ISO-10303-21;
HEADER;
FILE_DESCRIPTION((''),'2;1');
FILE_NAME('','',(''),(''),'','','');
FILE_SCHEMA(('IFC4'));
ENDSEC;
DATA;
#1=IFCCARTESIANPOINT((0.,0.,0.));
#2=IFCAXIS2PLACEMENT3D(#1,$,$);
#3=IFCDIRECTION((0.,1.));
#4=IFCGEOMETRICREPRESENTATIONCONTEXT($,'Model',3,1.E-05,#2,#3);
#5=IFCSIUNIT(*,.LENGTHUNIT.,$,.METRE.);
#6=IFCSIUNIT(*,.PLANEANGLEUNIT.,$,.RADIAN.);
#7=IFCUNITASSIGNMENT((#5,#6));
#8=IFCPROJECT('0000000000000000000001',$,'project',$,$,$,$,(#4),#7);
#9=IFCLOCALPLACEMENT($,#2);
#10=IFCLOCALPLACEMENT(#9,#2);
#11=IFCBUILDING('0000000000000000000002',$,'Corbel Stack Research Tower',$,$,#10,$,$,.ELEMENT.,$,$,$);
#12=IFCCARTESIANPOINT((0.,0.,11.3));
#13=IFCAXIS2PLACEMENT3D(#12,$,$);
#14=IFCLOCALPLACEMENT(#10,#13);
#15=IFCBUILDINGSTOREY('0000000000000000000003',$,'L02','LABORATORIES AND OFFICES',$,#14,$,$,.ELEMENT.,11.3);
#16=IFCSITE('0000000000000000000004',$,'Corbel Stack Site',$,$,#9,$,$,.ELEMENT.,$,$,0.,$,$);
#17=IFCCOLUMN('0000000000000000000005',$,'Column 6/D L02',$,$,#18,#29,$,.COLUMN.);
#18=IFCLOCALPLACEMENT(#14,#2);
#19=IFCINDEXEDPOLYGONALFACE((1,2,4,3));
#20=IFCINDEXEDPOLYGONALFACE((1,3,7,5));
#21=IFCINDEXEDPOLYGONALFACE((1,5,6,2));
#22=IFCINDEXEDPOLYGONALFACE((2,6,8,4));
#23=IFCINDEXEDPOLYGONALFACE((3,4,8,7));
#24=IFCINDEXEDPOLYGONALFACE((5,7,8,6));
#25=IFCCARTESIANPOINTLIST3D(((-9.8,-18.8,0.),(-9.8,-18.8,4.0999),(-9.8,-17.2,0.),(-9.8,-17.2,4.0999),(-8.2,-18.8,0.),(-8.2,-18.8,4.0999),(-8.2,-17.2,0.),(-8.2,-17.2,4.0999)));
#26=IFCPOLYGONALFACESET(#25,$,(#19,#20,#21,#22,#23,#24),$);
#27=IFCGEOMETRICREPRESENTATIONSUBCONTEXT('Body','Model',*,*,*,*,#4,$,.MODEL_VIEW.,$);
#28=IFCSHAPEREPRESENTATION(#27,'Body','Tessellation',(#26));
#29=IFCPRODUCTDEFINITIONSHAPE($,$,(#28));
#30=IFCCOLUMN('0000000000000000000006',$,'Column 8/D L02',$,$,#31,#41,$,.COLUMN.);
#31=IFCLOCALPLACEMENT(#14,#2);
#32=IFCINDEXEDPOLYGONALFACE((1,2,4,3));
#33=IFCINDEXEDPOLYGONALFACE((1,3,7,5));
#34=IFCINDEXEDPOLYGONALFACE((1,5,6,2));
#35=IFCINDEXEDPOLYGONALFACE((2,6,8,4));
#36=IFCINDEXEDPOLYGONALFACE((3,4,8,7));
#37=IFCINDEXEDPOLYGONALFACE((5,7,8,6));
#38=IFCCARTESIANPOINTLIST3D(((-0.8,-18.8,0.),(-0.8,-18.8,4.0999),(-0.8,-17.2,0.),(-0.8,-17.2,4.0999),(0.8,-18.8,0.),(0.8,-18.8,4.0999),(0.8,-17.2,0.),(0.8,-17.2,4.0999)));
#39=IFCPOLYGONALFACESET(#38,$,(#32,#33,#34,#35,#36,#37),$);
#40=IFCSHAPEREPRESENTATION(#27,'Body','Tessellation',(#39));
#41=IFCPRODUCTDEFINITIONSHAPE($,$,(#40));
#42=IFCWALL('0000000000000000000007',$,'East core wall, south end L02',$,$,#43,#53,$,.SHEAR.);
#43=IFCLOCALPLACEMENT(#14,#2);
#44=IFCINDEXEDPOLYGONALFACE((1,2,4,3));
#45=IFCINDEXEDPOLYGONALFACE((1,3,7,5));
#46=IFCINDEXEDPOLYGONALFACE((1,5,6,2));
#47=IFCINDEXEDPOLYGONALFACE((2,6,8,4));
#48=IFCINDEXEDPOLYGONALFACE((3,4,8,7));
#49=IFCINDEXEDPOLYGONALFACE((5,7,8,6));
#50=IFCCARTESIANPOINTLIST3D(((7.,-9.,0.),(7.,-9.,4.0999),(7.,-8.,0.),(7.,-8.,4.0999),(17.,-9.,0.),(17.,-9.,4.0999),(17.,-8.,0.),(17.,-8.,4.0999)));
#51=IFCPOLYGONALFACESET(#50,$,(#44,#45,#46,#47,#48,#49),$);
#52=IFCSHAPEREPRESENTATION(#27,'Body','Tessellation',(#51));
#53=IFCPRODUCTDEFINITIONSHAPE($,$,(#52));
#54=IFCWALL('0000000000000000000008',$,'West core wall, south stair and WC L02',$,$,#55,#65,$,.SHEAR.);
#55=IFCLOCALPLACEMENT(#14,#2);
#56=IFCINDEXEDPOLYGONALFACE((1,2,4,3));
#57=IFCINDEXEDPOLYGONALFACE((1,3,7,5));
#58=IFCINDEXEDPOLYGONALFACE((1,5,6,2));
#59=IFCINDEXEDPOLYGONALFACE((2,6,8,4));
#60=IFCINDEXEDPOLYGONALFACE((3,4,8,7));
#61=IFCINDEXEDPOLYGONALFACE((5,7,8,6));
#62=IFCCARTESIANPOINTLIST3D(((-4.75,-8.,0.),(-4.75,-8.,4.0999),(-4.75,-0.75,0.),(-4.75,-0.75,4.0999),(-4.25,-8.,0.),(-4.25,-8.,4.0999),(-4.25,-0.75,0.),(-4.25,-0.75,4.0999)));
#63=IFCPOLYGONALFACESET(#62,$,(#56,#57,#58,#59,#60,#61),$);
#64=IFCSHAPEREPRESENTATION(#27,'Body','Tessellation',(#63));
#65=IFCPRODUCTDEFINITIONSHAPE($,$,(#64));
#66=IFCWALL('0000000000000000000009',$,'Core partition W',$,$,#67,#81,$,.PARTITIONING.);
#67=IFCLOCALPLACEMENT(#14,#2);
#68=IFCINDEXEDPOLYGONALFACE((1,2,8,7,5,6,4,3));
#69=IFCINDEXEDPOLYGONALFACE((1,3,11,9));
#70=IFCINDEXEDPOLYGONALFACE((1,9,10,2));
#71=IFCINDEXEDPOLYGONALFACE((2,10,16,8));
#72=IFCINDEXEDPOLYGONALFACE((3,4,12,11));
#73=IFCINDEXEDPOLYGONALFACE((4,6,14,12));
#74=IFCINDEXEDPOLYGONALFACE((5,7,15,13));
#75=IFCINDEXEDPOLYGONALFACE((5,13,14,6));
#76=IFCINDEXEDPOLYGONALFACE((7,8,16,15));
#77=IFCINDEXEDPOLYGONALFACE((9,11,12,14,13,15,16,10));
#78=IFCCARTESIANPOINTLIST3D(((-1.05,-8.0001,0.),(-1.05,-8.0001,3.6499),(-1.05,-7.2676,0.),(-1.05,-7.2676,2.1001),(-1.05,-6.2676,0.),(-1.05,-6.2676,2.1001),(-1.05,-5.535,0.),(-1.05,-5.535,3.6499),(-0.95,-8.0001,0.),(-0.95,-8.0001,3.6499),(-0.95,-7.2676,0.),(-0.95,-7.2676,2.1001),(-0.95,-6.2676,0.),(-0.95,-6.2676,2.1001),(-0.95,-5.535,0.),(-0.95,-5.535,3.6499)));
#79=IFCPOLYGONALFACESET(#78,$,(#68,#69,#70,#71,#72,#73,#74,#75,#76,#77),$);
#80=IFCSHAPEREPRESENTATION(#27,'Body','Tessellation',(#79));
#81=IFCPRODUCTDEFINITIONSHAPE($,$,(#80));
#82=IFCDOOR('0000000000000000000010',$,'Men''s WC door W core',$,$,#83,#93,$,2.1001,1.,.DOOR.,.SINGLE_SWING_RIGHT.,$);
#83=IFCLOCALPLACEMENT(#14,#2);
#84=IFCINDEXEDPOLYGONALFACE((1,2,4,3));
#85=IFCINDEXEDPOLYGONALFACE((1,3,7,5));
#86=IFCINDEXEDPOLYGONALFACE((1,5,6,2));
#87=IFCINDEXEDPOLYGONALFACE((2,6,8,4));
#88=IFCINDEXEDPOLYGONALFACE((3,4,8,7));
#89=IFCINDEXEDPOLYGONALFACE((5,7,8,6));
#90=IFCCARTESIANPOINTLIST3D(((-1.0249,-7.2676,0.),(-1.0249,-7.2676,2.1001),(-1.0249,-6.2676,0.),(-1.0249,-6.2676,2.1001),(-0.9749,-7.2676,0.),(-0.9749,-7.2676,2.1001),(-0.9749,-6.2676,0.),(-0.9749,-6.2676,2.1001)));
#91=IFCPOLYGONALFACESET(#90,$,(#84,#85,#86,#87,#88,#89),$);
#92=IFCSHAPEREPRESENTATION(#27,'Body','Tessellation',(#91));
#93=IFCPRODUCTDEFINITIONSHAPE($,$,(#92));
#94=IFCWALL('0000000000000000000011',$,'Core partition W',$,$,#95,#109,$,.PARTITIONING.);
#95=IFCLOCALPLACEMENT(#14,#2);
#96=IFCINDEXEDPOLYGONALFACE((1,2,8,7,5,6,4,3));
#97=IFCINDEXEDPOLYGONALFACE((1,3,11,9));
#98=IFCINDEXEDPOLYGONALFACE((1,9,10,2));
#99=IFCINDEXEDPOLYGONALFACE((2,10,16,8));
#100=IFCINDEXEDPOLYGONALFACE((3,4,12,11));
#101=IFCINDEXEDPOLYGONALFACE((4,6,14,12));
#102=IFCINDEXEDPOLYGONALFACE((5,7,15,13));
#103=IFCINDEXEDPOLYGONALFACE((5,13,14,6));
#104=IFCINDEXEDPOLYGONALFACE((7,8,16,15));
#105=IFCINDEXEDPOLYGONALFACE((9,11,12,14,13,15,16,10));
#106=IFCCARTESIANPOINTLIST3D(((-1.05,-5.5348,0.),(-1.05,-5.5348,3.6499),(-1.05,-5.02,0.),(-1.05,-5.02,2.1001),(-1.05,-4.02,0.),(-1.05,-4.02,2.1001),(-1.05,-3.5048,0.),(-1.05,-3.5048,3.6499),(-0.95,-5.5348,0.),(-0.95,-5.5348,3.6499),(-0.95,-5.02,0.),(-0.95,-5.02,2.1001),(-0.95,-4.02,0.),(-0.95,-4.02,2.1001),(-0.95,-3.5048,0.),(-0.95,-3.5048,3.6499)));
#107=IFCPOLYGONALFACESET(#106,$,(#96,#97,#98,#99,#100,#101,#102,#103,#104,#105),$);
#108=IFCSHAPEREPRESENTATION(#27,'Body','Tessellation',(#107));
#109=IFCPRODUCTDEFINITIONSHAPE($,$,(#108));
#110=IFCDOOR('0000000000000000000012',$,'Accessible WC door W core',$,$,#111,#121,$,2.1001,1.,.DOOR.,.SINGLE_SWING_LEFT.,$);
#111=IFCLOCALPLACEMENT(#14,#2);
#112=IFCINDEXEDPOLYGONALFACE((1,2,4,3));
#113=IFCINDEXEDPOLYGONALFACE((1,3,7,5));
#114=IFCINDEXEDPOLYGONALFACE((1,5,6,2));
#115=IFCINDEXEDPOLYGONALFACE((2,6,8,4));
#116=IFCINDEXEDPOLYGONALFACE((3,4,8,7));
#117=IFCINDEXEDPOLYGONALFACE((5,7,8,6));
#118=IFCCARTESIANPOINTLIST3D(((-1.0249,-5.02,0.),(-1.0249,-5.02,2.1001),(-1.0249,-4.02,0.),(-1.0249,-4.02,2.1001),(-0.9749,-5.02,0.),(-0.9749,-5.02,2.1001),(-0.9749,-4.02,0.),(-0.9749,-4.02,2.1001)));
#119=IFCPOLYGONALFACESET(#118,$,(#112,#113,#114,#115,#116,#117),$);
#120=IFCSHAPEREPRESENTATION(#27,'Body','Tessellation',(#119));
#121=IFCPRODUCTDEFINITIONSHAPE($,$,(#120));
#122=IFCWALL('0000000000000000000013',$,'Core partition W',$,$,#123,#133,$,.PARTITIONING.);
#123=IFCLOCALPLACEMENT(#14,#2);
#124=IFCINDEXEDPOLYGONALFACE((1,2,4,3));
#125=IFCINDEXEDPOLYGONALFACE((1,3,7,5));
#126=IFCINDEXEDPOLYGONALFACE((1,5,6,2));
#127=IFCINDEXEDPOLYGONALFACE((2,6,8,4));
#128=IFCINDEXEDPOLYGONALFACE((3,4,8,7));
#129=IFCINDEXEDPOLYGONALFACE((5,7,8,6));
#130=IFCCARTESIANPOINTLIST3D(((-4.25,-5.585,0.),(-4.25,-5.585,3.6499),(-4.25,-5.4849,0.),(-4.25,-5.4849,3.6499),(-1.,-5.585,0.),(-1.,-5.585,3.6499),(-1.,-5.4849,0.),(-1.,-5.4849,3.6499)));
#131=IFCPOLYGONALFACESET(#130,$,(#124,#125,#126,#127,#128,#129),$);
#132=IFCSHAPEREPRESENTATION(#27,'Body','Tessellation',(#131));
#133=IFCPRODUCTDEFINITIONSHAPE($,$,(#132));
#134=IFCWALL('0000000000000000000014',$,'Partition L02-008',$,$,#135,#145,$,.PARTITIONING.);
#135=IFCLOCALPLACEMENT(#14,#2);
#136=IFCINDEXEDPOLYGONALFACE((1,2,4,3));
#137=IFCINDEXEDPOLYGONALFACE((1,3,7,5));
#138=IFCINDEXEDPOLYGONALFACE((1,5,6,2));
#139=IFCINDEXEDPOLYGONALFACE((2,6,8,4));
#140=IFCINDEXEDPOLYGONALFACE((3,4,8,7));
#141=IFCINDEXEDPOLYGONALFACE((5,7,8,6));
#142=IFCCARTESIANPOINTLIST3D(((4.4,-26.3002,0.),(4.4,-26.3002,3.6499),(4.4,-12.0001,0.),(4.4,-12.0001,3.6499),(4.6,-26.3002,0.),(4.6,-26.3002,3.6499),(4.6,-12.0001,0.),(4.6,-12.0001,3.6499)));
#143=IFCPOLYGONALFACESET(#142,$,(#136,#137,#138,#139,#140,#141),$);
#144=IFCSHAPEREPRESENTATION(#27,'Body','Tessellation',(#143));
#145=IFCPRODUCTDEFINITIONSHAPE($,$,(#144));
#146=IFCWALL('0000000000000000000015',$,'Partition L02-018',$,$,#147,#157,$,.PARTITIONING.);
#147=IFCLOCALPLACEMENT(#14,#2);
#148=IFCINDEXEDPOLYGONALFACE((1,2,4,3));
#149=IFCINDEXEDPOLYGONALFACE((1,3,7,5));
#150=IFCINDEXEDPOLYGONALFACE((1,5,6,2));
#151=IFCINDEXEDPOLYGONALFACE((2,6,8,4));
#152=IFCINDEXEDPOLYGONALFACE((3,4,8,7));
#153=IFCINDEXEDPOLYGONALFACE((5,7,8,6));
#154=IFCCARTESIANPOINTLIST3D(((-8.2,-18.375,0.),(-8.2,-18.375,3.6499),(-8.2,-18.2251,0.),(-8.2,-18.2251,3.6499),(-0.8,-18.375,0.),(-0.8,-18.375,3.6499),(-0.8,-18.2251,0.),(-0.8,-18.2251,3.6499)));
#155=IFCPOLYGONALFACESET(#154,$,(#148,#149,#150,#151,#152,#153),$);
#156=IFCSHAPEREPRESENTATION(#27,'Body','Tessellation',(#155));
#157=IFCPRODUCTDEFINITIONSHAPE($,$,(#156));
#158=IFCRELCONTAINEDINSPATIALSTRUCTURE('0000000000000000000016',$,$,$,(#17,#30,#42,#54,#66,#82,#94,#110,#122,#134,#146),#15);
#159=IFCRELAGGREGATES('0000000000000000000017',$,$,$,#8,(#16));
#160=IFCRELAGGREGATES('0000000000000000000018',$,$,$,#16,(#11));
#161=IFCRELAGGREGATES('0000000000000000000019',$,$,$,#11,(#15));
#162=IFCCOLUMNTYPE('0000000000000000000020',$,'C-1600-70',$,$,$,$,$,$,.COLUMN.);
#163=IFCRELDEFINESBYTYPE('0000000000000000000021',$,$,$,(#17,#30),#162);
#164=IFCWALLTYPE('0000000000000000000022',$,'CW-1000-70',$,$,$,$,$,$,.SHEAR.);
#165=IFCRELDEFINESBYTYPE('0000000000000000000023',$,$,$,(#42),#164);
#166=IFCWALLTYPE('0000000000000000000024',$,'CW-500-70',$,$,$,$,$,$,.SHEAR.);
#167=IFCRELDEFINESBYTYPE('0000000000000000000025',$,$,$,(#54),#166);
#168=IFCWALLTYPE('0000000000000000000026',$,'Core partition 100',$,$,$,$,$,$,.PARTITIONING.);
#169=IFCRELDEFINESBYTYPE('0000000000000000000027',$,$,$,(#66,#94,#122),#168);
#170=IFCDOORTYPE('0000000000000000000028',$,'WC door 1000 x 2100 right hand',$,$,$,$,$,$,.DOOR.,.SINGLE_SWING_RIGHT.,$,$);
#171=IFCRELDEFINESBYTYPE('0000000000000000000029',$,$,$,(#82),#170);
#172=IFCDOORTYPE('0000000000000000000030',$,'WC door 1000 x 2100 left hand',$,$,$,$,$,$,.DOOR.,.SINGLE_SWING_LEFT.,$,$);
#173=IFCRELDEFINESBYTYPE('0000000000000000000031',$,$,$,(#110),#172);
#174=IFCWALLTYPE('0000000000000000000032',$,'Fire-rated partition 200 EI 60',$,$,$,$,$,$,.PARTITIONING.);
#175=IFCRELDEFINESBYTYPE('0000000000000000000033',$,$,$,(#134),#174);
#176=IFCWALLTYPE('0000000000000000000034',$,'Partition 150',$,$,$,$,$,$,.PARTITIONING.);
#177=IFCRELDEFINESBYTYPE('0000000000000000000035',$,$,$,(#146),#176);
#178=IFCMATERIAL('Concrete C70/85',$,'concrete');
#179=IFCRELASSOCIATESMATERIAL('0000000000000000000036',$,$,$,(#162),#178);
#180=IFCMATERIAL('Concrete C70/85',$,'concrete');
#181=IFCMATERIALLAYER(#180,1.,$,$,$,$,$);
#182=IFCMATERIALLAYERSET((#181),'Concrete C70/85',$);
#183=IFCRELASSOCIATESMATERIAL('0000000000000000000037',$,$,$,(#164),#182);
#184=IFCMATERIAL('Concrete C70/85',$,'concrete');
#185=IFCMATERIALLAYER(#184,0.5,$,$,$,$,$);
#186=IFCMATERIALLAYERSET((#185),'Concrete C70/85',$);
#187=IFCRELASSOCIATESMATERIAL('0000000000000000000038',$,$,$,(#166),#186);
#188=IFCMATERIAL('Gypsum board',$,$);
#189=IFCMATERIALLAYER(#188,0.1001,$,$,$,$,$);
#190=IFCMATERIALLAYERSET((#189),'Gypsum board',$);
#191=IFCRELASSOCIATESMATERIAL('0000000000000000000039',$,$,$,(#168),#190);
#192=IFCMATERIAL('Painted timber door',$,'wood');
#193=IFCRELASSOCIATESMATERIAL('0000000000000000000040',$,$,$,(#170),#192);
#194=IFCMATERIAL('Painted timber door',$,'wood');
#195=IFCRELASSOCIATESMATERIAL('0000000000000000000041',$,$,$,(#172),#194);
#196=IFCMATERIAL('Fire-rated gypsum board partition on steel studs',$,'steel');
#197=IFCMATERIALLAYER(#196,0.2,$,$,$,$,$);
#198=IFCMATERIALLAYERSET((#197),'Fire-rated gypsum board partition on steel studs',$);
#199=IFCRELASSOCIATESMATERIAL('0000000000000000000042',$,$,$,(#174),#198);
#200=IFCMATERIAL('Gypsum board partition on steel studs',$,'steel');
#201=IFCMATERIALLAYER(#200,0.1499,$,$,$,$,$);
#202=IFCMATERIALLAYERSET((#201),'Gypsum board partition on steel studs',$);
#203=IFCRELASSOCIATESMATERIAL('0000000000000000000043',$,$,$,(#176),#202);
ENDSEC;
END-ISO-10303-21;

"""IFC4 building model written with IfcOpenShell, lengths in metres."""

from ifc_helpers import new_model, si_unit, direction, frame, frame_2d, origin, origin_2d, place, context, subcontext, project, spatial, rectangle, extrude, material, layer, layer_set, material_profile, profile_set, type_object, element, fill, save


model = new_model("IFC4")

# Units and contexts
model_context = context("Model", 3, precision=1e-05, world=origin(), true_north=direction((0.0, 1.0)))
body_context = subcontext(model_context, "Body", "Model", "MODEL_VIEW")
ifc_project = project(units=[si_unit("LENGTHUNIT", "METRE"), si_unit("PLANEANGLEUNIT", "RADIAN")], contexts=[model_context])

# Site, building, storey
site_placement = place(None, origin())
site = spatial("IfcSite", under=ifc_project, at=site_placement, Name="Corbel Stack Site", CompositionType="ELEMENT", RefElevation=0.0)
building_placement = place(site_placement, origin())
building = spatial("IfcBuilding", under=site, at=building_placement, Name="Corbel Stack Research Tower", CompositionType="ELEMENT")
storey_placement = place(building_placement, frame((0.0, 0.0, 11.3)))
storey = spatial("IfcBuildingStorey", under=building, at=storey_placement, Name="L02", Description="LABORATORIES AND OFFICES", CompositionType="ELEMENT", Elevation=11.3)

# Columns
ifc_material_1 = material(Name="Concrete C70/85", Category="concrete")
ifc_material_profile = material_profile(ifc_material_1, rectangle(XDim=1.6001, YDim=1.6001, at=origin_2d()), Name="RC 1600 x 1600")
ifc_profile_set = profile_set([ifc_material_profile], Name="Concrete C70/85")
column_type = type_object("IfcColumnType", Name="C-1600-70", PredefinedType="COLUMN", material=ifc_profile_set)
for number, where, z_axis, x_axis, name in (
    (1, (-9.0, -18.0, 0.0), (0.0, 0.0, 1.0), (1.0, 0.0, 0.0), "Column 6/D L02"),
    (2, (0.0, -18.0, 0.0), (0.0, 0.0, 1.0), (1.0, 0.0, 0.0), "Column 8/D L02"),
):
    element("IfcColumn", number, at=place(storey_placement, frame(where, z_axis=z_axis, x_axis=x_axis)), inside=storey, type_object=column_type, Name=name, PredefinedType="COLUMN", context=body_context, shape_type="SweptSolid", body=[
        extrude(rectangle(XDim=1.6001, YDim=1.6001, at=origin_2d()), origin(), (0.0, 0.0, 1.0), 4.0999),
    ])

# Shared definitions
ifc_material_2 = material(Name="Concrete C70/85", Category="concrete")
ifc_layer_1 = layer(ifc_material_2, 1.0)
ifc_layer_set_1 = layer_set([ifc_layer_1], Name="Concrete C70/85")
wall_type_1 = type_object("IfcWallType", Name="CW-1000-70", PredefinedType="SHEAR", material=ifc_layer_set_1)

# Walls
wall_1_placement = place(storey_placement, frame((7.0, -8.5, 0.0), z_axis=(0.0, 0.0, 1.0), x_axis=(1.0, 0.0, 0.0)))
element("IfcWall", 3, at=wall_1_placement, inside=storey, type_object=wall_type_1, Name="East core wall, south end L02", PredefinedType="SHEAR", context=body_context, shape_type="SweptSolid", body=[
    extrude(rectangle(XDim=10.0, YDim=1.0, at=frame_2d((5.0, 0.0))), origin(), (0.0, 0.0, 1.0), 4.0999),
])
ifc_material_3 = material(Name="Concrete C70/85", Category="concrete")
ifc_layer_2 = layer(ifc_material_3, 0.5)
ifc_layer_set_2 = layer_set([ifc_layer_2], Name="Concrete C70/85")
wall_type_2 = type_object("IfcWallType", Name="CW-500-70", PredefinedType="SHEAR", material=ifc_layer_set_2)
wall_2_placement = place(storey_placement, frame((-4.5, -8.0, 0.0), z_axis=(0.0, 0.0, 1.0), x_axis=(0.0, 1.0, 0.0)))
element("IfcWall", 4, at=wall_2_placement, inside=storey, type_object=wall_type_2, Name="West core wall, south stair and WC L02", PredefinedType="SHEAR", context=body_context, shape_type="SweptSolid", body=[
    extrude(rectangle(XDim=7.25, YDim=0.5, at=frame_2d((3.625, 0.0))), origin(), (0.0, 0.0, 1.0), 4.0999),
])

# Walls, openings, doors
ifc_material_4 = material(Name="Gypsum board")
ifc_layer_3 = layer(ifc_material_4, 0.1001)
ifc_layer_set_3 = layer_set([ifc_layer_3], Name="Gypsum board")
wall_type_3 = type_object("IfcWallType", Name="Core partition 100", PredefinedType="PARTITIONING", material=ifc_layer_set_3)
wall_3_placement = place(storey_placement, frame((-1.0, -8.0, 0.0), z_axis=(0.0, 0.0, 1.0), x_axis=(0.0, 1.0, 0.0)))
wall_3 = element("IfcWall", 5, at=wall_3_placement, inside=storey, type_object=wall_type_3, Name="Core partition W", PredefinedType="PARTITIONING", context=body_context, shape_type="SweptSolid", body=[
    extrude(rectangle(XDim=2.4651, YDim=0.1001, at=frame_2d((1.2324, 0.0))), origin(), (0.0, 0.0, 1.0), 3.6499),
])
opening_1_placement = place(wall_3_placement, frame((0.7324, 0.0, 0.0)))
opening_1 = element("IfcOpeningElement", 6, at=opening_1_placement, cuts=wall_3, PredefinedType="OPENING", context=body_context, shape_type="SweptSolid", body=[
    extrude(rectangle(XDim=1.0, YDim=2.1001, at=frame_2d((0.5, 1.05))), frame((0.0, 0.0601, 0.0), z_axis=(0.0, -1.0, 0.0), x_axis=(1.0, 0.0, 0.0)), (0.0, 0.0, 1.0), 0.1201),
])
ifc_material_5 = material(Name="Painted timber door", Category="wood")
door_type_1 = type_object("IfcDoorType", Name="WC door 1000 x 2100 right hand", OperationType="SINGLE_SWING_RIGHT", PredefinedType="DOOR", material=ifc_material_5)
door_1_placement = place(opening_1_placement, origin())
door_1 = element("IfcDoor", 7, at=door_1_placement, inside=storey, type_object=door_type_1, Name="Men's WC door W core", OperationType="SINGLE_SWING_RIGHT", OverallHeight=2.1001, OverallWidth=1.0, PredefinedType="DOOR", context=body_context, shape_type="SweptSolid", body=[
    extrude(rectangle(XDim=1.0, YDim=2.1001, at=frame_2d((0.5, 1.05))), frame((0.0, 0.0249, 0.0), z_axis=(0.0, -1.0, 0.0), x_axis=(1.0, 0.0, 0.0)), (0.0, 0.0, 1.0), 0.05),
])
fill(opening_1, door_1)
wall_4_placement = place(storey_placement, frame((-1.0, -5.5349, 0.0), z_axis=(0.0, 0.0, 1.0), x_axis=(0.0, 1.0, 0.0)))
wall_4 = element("IfcWall", 8, at=wall_4_placement, inside=storey, type_object=wall_type_3, Name="Core partition W", PredefinedType="PARTITIONING", context=body_context, shape_type="SweptSolid", body=[
    extrude(rectangle(XDim=2.03, YDim=0.1001, at=frame_2d((1.0151, 0.0))), origin(), (0.0, 0.0, 1.0), 3.6499),
])
opening_2_placement = place(wall_4_placement, frame((0.5149, 0.0, 0.0)))
opening_2 = element("IfcOpeningElement", 9, at=opening_2_placement, cuts=wall_4, PredefinedType="OPENING", context=body_context, shape_type="SweptSolid", body=[
    extrude(rectangle(XDim=1.0, YDim=2.1001, at=frame_2d((0.5, 1.05))), frame((0.0, 0.0601, 0.0), z_axis=(0.0, -1.0, 0.0), x_axis=(1.0, 0.0, 0.0)), (0.0, 0.0, 1.0), 0.1201),
])
ifc_material_6 = material(Name="Painted timber door", Category="wood")
door_type_2 = type_object("IfcDoorType", Name="WC door 1000 x 2100 left hand", OperationType="SINGLE_SWING_LEFT", PredefinedType="DOOR", material=ifc_material_6)
door_2_placement = place(opening_2_placement, origin())
door_2 = element("IfcDoor", 10, at=door_2_placement, inside=storey, type_object=door_type_2, Name="Accessible WC door W core", OperationType="SINGLE_SWING_LEFT", OverallHeight=2.1001, OverallWidth=1.0, PredefinedType="DOOR", context=body_context, shape_type="SweptSolid", body=[
    extrude(rectangle(XDim=1.0, YDim=2.1001, at=frame_2d((0.5, 1.05))), frame((0.0, 0.0249, 0.0), z_axis=(0.0, -1.0, 0.0), x_axis=(1.0, 0.0, 0.0)), (0.0, 0.0, 1.0), 0.05),
])
fill(opening_2, door_2)

# Walls
wall_5_placement = place(storey_placement, frame((-4.25, -5.5349, 0.0), z_axis=(0.0, 0.0, 1.0), x_axis=(1.0, 0.0, 0.0)))
element("IfcWall", 11, at=wall_5_placement, inside=storey, type_object=wall_type_3, Name="Core partition W", PredefinedType="PARTITIONING", context=body_context, shape_type="SweptSolid", body=[
    extrude(rectangle(XDim=3.25, YDim=0.1001, at=frame_2d((1.625, 0.0))), origin(), (0.0, 0.0, 1.0), 3.6499),
])
ifc_material_7 = material(Name="Fire-rated gypsum board partition on steel studs", Category="steel")
ifc_layer_4 = layer(ifc_material_7, 0.2)
ifc_layer_set_4 = layer_set([ifc_layer_4], Name="Fire-rated gypsum board partition on steel studs")
wall_type_4 = type_object("IfcWallType", Name="Fire-rated partition 200 EI 60", PredefinedType="PARTITIONING", material=ifc_layer_set_4)
wall_6_placement = place(storey_placement, frame((4.5, -26.3, 0.0), z_axis=(0.0, 0.0, 1.0), x_axis=(0.0, 1.0, 0.0)))
element("IfcWall", 12, at=wall_6_placement, inside=storey, type_object=wall_type_4, Name="Partition L02-008", PredefinedType="PARTITIONING", context=body_context, shape_type="SweptSolid", body=[
    extrude(rectangle(XDim=14.3, YDim=0.2, at=frame_2d((7.1499, 0.0))), origin(), (0.0, 0.0, 1.0), 3.6499),
])
ifc_material_8 = material(Name="Gypsum board partition on steel studs", Category="steel")
ifc_layer_5 = layer(ifc_material_8, 0.1499)
ifc_layer_set_5 = layer_set([ifc_layer_5], Name="Gypsum board partition on steel studs")
wall_type_5 = type_object("IfcWallType", Name="Partition 150", PredefinedType="PARTITIONING", material=ifc_layer_set_5)
wall_7_placement = place(storey_placement, frame((-8.2, -18.3, 0.0), z_axis=(0.0, 0.0, 1.0), x_axis=(1.0, 0.0, 0.0)))
element("IfcWall", 13, at=wall_7_placement, inside=storey, type_object=wall_type_5, Name="Partition L02-018", PredefinedType="PARTITIONING", context=body_context, shape_type="SweptSolid", body=[
    extrude(rectangle(XDim=7.3999, YDim=0.1499, at=frame_2d((3.7, 0.0))), origin(), (0.0, 0.0, 1.0), 3.6499),
])

save(model, "model.ifc")
